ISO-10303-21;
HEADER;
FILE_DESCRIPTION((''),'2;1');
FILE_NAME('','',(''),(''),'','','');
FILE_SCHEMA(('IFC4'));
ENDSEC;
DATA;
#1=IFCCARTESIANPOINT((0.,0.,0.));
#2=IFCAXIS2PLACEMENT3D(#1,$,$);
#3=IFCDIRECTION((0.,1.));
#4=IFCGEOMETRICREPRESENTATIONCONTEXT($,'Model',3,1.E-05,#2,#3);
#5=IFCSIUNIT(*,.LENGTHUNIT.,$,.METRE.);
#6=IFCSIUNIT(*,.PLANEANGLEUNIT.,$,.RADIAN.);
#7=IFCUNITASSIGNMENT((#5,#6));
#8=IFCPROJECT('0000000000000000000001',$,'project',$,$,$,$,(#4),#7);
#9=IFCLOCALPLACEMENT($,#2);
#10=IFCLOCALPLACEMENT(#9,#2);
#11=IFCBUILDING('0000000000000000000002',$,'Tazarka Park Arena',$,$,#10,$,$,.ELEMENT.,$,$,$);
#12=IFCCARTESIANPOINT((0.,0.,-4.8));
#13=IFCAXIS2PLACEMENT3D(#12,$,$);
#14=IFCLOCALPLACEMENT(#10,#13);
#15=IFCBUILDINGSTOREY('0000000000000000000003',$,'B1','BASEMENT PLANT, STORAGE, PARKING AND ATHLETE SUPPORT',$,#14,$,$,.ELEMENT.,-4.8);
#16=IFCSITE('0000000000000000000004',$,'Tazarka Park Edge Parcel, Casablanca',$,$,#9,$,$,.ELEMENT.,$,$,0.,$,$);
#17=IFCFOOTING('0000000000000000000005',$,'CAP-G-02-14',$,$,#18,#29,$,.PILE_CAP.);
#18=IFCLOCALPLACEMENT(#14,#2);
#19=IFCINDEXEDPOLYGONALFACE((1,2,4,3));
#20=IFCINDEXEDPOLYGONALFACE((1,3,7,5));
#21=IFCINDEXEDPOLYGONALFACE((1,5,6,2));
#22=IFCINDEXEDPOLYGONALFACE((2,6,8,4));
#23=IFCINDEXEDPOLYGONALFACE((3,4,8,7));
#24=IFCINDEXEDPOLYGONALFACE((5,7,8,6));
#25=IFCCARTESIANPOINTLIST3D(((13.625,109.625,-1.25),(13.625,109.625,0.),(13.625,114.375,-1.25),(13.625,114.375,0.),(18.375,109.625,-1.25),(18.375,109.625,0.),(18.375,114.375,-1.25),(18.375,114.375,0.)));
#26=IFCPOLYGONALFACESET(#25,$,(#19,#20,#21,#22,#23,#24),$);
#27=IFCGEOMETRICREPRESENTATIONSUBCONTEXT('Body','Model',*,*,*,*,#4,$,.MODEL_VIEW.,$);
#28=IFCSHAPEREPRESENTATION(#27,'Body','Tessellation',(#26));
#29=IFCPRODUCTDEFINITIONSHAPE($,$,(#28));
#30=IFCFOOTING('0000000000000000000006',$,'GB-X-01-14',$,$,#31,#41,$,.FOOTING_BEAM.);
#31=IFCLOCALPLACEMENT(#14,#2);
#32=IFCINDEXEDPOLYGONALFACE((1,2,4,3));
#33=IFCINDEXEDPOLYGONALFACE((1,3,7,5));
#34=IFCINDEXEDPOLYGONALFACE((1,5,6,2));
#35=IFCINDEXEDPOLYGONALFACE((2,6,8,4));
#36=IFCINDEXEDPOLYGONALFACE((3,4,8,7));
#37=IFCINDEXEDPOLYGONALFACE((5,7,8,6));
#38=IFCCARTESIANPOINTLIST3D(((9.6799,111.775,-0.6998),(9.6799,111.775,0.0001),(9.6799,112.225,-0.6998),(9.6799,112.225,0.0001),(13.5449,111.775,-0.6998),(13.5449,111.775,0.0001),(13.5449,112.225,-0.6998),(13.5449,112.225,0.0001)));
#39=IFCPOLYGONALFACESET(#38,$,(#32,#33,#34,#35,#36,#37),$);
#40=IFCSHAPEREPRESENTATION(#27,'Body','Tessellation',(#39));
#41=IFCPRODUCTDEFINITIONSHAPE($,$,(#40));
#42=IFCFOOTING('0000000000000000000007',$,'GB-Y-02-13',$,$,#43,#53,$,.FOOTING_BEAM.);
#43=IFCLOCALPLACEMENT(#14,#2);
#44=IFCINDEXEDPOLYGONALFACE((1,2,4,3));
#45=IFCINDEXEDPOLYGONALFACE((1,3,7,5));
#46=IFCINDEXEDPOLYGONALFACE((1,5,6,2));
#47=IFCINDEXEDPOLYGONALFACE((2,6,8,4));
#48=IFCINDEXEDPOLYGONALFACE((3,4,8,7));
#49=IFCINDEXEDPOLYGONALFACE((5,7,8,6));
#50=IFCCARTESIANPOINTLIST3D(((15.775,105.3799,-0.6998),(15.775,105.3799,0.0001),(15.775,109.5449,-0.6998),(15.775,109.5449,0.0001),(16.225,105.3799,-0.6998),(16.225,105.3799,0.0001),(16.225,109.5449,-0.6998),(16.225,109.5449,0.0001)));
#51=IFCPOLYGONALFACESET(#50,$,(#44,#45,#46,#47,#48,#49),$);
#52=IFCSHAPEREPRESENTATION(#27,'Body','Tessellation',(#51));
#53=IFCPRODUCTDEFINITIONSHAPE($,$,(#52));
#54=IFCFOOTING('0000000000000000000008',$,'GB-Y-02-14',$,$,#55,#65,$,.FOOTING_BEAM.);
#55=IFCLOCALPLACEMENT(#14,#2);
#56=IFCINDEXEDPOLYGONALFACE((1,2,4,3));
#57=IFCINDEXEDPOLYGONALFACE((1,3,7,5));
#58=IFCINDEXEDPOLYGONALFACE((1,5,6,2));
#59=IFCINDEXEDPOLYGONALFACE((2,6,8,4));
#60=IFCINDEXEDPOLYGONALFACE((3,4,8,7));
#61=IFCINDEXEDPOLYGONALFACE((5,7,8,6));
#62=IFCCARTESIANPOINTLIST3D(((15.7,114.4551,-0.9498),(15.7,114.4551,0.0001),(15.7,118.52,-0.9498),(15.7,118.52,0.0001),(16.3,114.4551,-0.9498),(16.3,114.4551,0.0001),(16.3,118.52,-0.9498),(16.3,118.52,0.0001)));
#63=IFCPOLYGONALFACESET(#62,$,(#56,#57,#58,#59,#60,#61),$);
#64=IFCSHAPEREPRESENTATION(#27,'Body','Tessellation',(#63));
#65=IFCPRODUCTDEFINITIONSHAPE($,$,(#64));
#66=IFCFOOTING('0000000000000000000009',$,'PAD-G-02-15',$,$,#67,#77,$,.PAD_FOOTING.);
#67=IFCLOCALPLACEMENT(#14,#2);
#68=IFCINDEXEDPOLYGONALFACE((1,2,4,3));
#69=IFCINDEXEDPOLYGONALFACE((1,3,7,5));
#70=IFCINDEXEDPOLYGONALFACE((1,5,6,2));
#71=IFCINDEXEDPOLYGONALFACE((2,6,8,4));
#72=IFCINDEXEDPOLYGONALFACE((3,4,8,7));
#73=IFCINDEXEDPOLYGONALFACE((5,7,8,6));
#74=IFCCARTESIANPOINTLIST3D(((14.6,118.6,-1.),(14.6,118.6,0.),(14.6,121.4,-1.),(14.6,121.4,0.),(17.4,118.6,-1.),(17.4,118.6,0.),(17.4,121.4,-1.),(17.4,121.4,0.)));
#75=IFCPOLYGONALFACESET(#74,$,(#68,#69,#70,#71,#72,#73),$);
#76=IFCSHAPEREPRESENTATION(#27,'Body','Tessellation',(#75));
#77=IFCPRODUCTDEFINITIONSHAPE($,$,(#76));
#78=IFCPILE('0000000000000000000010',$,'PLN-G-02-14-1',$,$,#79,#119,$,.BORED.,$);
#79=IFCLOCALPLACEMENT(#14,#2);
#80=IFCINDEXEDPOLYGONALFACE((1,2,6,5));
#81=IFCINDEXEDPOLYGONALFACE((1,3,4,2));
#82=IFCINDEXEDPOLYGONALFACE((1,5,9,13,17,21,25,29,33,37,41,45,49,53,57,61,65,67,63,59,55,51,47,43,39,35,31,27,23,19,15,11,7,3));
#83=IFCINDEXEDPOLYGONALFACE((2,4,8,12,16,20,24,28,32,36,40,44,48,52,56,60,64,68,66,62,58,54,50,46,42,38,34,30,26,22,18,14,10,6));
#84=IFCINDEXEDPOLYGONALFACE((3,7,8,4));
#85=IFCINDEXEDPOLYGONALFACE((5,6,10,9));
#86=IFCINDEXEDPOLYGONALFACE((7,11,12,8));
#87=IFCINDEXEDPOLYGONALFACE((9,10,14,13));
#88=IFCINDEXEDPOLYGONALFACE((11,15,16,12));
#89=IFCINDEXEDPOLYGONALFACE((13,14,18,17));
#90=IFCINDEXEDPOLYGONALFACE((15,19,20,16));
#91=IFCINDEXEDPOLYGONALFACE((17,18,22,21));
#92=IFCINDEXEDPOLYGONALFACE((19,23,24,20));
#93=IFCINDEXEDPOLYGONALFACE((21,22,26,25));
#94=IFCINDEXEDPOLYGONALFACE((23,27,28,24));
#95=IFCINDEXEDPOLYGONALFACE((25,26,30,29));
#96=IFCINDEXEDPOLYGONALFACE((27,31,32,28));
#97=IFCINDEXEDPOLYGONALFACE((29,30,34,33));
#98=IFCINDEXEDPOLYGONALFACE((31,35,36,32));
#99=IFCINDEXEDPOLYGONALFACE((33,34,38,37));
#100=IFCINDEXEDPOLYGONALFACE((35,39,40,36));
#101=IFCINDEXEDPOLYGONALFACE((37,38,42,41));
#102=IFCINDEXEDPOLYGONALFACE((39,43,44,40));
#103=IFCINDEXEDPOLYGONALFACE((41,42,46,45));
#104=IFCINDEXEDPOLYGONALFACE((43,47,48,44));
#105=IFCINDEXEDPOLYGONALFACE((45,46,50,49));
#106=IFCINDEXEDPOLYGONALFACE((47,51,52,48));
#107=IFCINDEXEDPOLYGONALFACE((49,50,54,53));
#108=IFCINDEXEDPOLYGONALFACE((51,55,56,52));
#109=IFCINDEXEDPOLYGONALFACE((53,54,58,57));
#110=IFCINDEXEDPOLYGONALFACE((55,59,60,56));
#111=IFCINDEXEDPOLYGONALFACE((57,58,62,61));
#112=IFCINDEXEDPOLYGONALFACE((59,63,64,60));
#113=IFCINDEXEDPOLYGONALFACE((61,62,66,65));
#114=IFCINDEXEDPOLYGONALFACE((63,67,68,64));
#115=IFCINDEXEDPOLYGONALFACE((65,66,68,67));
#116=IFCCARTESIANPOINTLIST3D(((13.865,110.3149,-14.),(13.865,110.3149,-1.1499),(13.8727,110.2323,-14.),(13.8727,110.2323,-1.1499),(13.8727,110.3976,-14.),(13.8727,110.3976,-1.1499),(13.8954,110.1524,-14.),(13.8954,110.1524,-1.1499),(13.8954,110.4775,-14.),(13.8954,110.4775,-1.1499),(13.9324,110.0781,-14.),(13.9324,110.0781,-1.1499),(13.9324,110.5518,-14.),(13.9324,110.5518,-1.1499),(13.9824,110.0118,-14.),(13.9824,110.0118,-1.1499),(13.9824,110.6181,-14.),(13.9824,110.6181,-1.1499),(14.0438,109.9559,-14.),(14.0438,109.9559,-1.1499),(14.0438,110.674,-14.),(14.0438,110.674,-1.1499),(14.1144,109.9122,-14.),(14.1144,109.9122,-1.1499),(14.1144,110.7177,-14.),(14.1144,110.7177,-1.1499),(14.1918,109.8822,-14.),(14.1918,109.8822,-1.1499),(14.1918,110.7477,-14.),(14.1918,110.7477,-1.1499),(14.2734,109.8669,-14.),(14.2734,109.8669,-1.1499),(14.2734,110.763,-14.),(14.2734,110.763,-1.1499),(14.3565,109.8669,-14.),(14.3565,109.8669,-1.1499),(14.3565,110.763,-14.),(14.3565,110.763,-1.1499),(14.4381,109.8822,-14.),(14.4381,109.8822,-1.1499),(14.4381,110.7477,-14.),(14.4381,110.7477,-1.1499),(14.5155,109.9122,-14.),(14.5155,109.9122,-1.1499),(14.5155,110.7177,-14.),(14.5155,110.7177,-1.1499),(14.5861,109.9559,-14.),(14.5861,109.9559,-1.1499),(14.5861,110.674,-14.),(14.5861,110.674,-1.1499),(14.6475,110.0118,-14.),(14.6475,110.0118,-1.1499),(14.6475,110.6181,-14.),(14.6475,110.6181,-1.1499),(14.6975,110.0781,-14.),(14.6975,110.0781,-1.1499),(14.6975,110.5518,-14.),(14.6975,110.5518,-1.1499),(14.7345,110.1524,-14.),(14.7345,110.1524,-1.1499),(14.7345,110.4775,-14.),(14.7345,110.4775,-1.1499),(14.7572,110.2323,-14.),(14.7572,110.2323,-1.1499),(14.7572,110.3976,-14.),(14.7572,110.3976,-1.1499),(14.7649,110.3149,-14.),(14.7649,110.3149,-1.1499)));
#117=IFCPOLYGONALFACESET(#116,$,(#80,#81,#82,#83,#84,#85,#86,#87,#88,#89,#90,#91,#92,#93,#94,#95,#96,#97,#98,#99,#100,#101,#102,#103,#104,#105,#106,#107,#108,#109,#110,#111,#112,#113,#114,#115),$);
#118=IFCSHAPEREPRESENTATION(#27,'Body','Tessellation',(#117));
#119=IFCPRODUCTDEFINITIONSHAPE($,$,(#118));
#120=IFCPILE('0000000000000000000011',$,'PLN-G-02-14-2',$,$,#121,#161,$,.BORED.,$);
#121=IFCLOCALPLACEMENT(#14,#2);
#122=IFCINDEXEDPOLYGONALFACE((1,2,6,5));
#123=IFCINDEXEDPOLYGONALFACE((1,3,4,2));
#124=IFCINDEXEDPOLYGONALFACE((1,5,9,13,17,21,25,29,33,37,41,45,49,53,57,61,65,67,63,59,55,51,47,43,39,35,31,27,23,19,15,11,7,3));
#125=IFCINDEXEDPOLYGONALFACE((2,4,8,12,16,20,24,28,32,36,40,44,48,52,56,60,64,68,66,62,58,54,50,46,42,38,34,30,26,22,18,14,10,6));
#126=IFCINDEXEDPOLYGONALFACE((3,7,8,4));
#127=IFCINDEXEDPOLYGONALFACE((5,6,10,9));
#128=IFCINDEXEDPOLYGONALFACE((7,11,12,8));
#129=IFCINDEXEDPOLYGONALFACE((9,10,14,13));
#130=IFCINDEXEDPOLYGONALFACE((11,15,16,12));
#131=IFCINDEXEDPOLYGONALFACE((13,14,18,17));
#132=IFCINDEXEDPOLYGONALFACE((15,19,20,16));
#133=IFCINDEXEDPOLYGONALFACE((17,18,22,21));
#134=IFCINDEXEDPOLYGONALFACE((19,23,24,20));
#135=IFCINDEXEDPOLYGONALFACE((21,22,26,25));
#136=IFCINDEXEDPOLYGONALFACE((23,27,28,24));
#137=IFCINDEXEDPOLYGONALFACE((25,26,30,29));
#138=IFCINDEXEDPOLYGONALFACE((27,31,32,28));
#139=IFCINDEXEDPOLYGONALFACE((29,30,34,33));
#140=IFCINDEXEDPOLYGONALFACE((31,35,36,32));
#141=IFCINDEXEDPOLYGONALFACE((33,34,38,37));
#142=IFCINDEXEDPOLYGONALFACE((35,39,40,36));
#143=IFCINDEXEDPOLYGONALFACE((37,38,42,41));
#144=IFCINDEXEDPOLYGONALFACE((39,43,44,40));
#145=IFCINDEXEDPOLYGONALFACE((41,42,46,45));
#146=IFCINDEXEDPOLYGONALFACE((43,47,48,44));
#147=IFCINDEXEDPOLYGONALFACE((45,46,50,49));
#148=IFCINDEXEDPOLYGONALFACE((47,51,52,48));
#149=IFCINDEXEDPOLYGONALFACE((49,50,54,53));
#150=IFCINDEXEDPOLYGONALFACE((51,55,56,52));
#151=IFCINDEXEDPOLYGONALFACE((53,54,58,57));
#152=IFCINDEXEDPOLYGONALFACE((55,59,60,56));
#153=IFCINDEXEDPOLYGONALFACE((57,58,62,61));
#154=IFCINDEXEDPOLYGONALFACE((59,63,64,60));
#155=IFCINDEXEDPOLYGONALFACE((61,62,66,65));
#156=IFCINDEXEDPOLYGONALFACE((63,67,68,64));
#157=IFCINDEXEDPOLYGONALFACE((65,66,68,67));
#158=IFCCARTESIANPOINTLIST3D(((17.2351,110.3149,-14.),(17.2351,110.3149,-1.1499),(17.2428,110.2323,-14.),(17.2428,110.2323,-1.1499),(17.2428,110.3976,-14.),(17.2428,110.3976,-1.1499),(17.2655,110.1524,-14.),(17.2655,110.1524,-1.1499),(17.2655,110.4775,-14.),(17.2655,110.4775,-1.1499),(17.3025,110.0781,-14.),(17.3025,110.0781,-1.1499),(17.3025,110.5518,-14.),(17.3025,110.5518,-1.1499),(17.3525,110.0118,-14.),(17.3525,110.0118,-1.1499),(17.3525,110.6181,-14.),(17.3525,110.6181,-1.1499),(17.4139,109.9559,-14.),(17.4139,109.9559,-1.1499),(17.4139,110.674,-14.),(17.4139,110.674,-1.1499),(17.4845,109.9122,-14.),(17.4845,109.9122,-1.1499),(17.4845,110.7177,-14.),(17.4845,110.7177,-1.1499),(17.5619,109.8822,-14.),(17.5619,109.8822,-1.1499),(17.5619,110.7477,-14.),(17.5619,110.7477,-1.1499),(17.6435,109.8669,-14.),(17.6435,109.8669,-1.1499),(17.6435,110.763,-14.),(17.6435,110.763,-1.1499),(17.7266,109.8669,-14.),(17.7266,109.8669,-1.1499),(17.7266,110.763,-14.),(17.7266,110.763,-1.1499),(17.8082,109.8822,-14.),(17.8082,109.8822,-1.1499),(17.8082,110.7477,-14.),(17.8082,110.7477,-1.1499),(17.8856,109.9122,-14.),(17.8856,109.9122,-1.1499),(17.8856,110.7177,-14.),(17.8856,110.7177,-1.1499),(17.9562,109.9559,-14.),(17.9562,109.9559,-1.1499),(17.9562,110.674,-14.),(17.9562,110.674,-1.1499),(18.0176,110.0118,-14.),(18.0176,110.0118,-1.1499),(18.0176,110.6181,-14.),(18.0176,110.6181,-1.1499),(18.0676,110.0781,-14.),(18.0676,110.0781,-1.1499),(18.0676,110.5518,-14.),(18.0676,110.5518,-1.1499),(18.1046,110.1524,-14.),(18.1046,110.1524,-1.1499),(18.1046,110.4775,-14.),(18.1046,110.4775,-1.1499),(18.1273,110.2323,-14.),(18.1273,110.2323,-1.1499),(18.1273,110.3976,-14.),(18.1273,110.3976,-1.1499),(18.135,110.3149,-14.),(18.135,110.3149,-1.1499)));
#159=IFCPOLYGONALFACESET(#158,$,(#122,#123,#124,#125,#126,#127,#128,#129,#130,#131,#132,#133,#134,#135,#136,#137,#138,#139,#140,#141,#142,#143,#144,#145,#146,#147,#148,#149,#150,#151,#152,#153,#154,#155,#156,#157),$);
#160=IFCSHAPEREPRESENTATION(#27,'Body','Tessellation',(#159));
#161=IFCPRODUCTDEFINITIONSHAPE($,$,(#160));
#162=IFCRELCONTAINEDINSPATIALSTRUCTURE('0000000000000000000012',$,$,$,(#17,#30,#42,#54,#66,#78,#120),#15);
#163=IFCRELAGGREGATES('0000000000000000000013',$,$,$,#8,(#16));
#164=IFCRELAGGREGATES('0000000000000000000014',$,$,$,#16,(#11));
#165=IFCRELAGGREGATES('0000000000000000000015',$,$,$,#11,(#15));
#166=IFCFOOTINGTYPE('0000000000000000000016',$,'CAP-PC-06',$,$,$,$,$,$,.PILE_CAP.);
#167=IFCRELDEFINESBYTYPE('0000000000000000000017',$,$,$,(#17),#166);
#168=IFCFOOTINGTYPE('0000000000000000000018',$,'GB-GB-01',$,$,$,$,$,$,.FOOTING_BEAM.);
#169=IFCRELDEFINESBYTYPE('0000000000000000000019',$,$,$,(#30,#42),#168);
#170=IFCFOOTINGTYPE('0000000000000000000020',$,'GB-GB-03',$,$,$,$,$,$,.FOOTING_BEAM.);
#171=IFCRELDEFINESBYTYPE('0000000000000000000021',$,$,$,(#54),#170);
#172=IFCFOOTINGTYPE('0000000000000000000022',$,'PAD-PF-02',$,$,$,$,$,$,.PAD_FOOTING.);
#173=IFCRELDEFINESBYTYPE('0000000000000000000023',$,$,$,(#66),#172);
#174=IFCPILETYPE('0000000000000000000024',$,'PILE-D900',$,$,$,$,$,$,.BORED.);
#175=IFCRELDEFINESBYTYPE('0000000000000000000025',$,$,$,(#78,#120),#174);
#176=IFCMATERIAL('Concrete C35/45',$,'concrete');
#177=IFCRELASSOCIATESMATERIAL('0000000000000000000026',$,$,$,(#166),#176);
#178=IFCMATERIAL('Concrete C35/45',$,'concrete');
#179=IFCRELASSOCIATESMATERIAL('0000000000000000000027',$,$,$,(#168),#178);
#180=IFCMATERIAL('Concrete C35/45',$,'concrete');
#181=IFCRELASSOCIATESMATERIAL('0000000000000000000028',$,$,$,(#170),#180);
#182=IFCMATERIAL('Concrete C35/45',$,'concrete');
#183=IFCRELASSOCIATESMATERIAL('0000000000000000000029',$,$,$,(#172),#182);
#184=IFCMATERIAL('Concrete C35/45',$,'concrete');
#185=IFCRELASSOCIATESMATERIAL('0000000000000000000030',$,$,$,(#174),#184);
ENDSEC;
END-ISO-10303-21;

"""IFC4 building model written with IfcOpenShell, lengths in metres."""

from ifc_helpers import new_model, si_unit, direction, frame, origin, origin_2d, place, context, subcontext, project, spatial, rectangle, circle, extrude, material, material_profile, profile_set, type_object, element, save


model = new_model("IFC4")

# Units and contexts
model_context = context("Model", 3, precision=1e-05, world=origin(), true_north=direction((0.0, 1.0)))
body_context = subcontext(model_context, "Body", "Model", "MODEL_VIEW")
ifc_project = project(units=[si_unit("LENGTHUNIT", "METRE"), si_unit("PLANEANGLEUNIT", "RADIAN")], contexts=[model_context])

# Site, building, storey
site_placement = place(None, origin())
site = spatial("IfcSite", under=ifc_project, at=site_placement, Name="Tazarka Park Edge Parcel, Casablanca", CompositionType="ELEMENT", RefElevation=0.0)
building_placement = place(site_placement, origin())
building = spatial("IfcBuilding", under=site, at=building_placement, Name="Tazarka Park Arena", CompositionType="ELEMENT")
storey_placement = place(building_placement, frame((0.0, 0.0, -4.8)))
storey = spatial("IfcBuildingStorey", under=building, at=storey_placement, Name="B1", Description="BASEMENT PLANT, STORAGE, PARKING AND ATHLETE SUPPORT", CompositionType="ELEMENT", Elevation=-4.8)

# Footings
ifc_material_1 = material(Name="Concrete C35/45", Category="concrete")
footing_type_1 = type_object("IfcFootingType", Name="CAP-PC-06", PredefinedType="PILE_CAP", material=ifc_material_1)
footing_1_placement = place(storey_placement, frame((16.0, 112.0, -1.25), z_axis=(0.0, 0.0, 1.0), x_axis=(1.0, 0.0, 0.0)))
element("IfcFooting", 1, at=footing_1_placement, inside=storey, type_object=footing_type_1, Name="CAP-G-02-14", PredefinedType="PILE_CAP", context=body_context, shape_type="SweptSolid", body=[
    extrude(rectangle(XDim=4.75, YDim=4.75, at=origin_2d()), origin(), (0.0, 0.0, 1.0), 1.25),
])
ifc_material_2 = material(Name="Concrete C35/45", Category="concrete")
ifc_material_profile_1 = material_profile(ifc_material_2, rectangle(XDim=0.45, YDim=0.7, at=origin_2d()), Name="Concrete C35/45")
ifc_profile_set_1 = profile_set([ifc_material_profile_1], Name="Concrete C35/45")
footing_type_2 = type_object("IfcFootingType", Name="GB-GB-01", PredefinedType="FOOTING_BEAM", material=ifc_profile_set_1)
footing_2_placement = place(storey_placement, frame((9.6799, 112.0, -0.3499), z_axis=(1.0, 0.0, 0.0), x_axis=(0.0, 1.0, 0.0)))
element("IfcFooting", 2, at=footing_2_placement, inside=storey, type_object=footing_type_2, Name="GB-X-01-14", PredefinedType="FOOTING_BEAM", context=body_context, shape_type="SweptSolid", body=[
    extrude(rectangle(XDim=0.45, YDim=0.7, at=origin_2d()), origin(), (0.0, 0.0, 1.0), 3.865),
])
footing_3_placement = place(storey_placement, frame((16.0, 105.3799, -0.3499), z_axis=(0.0, 1.0, 0.0), x_axis=(-1.0, 0.0, 0.0)))
element("IfcFooting", 3, at=footing_3_placement, inside=storey, type_object=footing_type_2, Name="GB-Y-02-13", PredefinedType="FOOTING_BEAM", context=body_context, shape_type="SweptSolid", body=[
    extrude(rectangle(XDim=0.45, YDim=0.7, at=origin_2d()), origin(), (0.0, 0.0, 1.0), 4.165),
])
ifc_material_3 = material(Name="Concrete C35/45", Category="concrete")
ifc_material_profile_2 = material_profile(ifc_material_3, rectangle(XDim=0.6001, YDim=0.95, at=origin_2d()), Name="Concrete C35/45")
ifc_profile_set_2 = profile_set([ifc_material_profile_2], Name="Concrete C35/45")
footing_type_3 = type_object("IfcFootingType", Name="GB-GB-03", PredefinedType="FOOTING_BEAM", material=ifc_profile_set_2)
footing_4_placement = place(storey_placement, frame((16.0, 114.4551, -0.4749), z_axis=(0.0, 1.0, 0.0), x_axis=(-1.0, 0.0, 0.0)))
element("IfcFooting", 4, at=footing_4_placement, inside=storey, type_object=footing_type_3, Name="GB-Y-02-14", PredefinedType="FOOTING_BEAM", context=body_context, shape_type="SweptSolid", body=[
    extrude(rectangle(XDim=0.6001, YDim=0.95, at=origin_2d()), origin(), (0.0, 0.0, 1.0), 4.0649),
])
ifc_material_4 = material(Name="Concrete C35/45", Category="concrete")
footing_type_4 = type_object("IfcFootingType", Name="PAD-PF-02", PredefinedType="PAD_FOOTING", material=ifc_material_4)
footing_5_placement = place(storey_placement, frame((16.0, 120.0, -1.0), z_axis=(0.0, 0.0, 1.0), x_axis=(1.0, 0.0, 0.0)))
element("IfcFooting", 5, at=footing_5_placement, inside=storey, type_object=footing_type_4, Name="PAD-G-02-15", PredefinedType="PAD_FOOTING", context=body_context, shape_type="SweptSolid", body=[
    extrude(rectangle(XDim=2.8, YDim=2.8, at=origin_2d()), origin(), (0.0, 0.0, 1.0), 1.0),
])

# Piles
ifc_material_5 = material(Name="Concrete C35/45", Category="concrete")
ifc_material_profile_3 = material_profile(ifc_material_5, circle(Radius=0.45, at=origin_2d()), Name="Concrete C35/45")
ifc_profile_set_3 = profile_set([ifc_material_profile_3], Name="Concrete C35/45")
pile_type = type_object("IfcPileType", Name="PILE-D900", PredefinedType="BORED", material=ifc_profile_set_3)
for number, where, z_axis, x_axis, name in (
    (6, (14.3149, 110.3149, -1.1499), (0.0, 0.0, -1.0), (1.0, 0.0, 0.0), "PLN-G-02-14-1"),
    (7, (17.6851, 110.3149, -1.1499), (0.0, 0.0, -1.0), (1.0, 0.0, 0.0), "PLN-G-02-14-2"),
):
    element("IfcPile", number, at=place(storey_placement, frame(where, z_axis=z_axis, x_axis=x_axis)), inside=storey, type_object=pile_type, Name=name, PredefinedType="BORED", context=body_context, shape_type="SweptSolid", body=[
        extrude(circle(Radius=0.45, at=origin_2d()), origin(), (0.0, 0.0, 1.0), 12.8501),
    ])

save(model, "model.ifc")
